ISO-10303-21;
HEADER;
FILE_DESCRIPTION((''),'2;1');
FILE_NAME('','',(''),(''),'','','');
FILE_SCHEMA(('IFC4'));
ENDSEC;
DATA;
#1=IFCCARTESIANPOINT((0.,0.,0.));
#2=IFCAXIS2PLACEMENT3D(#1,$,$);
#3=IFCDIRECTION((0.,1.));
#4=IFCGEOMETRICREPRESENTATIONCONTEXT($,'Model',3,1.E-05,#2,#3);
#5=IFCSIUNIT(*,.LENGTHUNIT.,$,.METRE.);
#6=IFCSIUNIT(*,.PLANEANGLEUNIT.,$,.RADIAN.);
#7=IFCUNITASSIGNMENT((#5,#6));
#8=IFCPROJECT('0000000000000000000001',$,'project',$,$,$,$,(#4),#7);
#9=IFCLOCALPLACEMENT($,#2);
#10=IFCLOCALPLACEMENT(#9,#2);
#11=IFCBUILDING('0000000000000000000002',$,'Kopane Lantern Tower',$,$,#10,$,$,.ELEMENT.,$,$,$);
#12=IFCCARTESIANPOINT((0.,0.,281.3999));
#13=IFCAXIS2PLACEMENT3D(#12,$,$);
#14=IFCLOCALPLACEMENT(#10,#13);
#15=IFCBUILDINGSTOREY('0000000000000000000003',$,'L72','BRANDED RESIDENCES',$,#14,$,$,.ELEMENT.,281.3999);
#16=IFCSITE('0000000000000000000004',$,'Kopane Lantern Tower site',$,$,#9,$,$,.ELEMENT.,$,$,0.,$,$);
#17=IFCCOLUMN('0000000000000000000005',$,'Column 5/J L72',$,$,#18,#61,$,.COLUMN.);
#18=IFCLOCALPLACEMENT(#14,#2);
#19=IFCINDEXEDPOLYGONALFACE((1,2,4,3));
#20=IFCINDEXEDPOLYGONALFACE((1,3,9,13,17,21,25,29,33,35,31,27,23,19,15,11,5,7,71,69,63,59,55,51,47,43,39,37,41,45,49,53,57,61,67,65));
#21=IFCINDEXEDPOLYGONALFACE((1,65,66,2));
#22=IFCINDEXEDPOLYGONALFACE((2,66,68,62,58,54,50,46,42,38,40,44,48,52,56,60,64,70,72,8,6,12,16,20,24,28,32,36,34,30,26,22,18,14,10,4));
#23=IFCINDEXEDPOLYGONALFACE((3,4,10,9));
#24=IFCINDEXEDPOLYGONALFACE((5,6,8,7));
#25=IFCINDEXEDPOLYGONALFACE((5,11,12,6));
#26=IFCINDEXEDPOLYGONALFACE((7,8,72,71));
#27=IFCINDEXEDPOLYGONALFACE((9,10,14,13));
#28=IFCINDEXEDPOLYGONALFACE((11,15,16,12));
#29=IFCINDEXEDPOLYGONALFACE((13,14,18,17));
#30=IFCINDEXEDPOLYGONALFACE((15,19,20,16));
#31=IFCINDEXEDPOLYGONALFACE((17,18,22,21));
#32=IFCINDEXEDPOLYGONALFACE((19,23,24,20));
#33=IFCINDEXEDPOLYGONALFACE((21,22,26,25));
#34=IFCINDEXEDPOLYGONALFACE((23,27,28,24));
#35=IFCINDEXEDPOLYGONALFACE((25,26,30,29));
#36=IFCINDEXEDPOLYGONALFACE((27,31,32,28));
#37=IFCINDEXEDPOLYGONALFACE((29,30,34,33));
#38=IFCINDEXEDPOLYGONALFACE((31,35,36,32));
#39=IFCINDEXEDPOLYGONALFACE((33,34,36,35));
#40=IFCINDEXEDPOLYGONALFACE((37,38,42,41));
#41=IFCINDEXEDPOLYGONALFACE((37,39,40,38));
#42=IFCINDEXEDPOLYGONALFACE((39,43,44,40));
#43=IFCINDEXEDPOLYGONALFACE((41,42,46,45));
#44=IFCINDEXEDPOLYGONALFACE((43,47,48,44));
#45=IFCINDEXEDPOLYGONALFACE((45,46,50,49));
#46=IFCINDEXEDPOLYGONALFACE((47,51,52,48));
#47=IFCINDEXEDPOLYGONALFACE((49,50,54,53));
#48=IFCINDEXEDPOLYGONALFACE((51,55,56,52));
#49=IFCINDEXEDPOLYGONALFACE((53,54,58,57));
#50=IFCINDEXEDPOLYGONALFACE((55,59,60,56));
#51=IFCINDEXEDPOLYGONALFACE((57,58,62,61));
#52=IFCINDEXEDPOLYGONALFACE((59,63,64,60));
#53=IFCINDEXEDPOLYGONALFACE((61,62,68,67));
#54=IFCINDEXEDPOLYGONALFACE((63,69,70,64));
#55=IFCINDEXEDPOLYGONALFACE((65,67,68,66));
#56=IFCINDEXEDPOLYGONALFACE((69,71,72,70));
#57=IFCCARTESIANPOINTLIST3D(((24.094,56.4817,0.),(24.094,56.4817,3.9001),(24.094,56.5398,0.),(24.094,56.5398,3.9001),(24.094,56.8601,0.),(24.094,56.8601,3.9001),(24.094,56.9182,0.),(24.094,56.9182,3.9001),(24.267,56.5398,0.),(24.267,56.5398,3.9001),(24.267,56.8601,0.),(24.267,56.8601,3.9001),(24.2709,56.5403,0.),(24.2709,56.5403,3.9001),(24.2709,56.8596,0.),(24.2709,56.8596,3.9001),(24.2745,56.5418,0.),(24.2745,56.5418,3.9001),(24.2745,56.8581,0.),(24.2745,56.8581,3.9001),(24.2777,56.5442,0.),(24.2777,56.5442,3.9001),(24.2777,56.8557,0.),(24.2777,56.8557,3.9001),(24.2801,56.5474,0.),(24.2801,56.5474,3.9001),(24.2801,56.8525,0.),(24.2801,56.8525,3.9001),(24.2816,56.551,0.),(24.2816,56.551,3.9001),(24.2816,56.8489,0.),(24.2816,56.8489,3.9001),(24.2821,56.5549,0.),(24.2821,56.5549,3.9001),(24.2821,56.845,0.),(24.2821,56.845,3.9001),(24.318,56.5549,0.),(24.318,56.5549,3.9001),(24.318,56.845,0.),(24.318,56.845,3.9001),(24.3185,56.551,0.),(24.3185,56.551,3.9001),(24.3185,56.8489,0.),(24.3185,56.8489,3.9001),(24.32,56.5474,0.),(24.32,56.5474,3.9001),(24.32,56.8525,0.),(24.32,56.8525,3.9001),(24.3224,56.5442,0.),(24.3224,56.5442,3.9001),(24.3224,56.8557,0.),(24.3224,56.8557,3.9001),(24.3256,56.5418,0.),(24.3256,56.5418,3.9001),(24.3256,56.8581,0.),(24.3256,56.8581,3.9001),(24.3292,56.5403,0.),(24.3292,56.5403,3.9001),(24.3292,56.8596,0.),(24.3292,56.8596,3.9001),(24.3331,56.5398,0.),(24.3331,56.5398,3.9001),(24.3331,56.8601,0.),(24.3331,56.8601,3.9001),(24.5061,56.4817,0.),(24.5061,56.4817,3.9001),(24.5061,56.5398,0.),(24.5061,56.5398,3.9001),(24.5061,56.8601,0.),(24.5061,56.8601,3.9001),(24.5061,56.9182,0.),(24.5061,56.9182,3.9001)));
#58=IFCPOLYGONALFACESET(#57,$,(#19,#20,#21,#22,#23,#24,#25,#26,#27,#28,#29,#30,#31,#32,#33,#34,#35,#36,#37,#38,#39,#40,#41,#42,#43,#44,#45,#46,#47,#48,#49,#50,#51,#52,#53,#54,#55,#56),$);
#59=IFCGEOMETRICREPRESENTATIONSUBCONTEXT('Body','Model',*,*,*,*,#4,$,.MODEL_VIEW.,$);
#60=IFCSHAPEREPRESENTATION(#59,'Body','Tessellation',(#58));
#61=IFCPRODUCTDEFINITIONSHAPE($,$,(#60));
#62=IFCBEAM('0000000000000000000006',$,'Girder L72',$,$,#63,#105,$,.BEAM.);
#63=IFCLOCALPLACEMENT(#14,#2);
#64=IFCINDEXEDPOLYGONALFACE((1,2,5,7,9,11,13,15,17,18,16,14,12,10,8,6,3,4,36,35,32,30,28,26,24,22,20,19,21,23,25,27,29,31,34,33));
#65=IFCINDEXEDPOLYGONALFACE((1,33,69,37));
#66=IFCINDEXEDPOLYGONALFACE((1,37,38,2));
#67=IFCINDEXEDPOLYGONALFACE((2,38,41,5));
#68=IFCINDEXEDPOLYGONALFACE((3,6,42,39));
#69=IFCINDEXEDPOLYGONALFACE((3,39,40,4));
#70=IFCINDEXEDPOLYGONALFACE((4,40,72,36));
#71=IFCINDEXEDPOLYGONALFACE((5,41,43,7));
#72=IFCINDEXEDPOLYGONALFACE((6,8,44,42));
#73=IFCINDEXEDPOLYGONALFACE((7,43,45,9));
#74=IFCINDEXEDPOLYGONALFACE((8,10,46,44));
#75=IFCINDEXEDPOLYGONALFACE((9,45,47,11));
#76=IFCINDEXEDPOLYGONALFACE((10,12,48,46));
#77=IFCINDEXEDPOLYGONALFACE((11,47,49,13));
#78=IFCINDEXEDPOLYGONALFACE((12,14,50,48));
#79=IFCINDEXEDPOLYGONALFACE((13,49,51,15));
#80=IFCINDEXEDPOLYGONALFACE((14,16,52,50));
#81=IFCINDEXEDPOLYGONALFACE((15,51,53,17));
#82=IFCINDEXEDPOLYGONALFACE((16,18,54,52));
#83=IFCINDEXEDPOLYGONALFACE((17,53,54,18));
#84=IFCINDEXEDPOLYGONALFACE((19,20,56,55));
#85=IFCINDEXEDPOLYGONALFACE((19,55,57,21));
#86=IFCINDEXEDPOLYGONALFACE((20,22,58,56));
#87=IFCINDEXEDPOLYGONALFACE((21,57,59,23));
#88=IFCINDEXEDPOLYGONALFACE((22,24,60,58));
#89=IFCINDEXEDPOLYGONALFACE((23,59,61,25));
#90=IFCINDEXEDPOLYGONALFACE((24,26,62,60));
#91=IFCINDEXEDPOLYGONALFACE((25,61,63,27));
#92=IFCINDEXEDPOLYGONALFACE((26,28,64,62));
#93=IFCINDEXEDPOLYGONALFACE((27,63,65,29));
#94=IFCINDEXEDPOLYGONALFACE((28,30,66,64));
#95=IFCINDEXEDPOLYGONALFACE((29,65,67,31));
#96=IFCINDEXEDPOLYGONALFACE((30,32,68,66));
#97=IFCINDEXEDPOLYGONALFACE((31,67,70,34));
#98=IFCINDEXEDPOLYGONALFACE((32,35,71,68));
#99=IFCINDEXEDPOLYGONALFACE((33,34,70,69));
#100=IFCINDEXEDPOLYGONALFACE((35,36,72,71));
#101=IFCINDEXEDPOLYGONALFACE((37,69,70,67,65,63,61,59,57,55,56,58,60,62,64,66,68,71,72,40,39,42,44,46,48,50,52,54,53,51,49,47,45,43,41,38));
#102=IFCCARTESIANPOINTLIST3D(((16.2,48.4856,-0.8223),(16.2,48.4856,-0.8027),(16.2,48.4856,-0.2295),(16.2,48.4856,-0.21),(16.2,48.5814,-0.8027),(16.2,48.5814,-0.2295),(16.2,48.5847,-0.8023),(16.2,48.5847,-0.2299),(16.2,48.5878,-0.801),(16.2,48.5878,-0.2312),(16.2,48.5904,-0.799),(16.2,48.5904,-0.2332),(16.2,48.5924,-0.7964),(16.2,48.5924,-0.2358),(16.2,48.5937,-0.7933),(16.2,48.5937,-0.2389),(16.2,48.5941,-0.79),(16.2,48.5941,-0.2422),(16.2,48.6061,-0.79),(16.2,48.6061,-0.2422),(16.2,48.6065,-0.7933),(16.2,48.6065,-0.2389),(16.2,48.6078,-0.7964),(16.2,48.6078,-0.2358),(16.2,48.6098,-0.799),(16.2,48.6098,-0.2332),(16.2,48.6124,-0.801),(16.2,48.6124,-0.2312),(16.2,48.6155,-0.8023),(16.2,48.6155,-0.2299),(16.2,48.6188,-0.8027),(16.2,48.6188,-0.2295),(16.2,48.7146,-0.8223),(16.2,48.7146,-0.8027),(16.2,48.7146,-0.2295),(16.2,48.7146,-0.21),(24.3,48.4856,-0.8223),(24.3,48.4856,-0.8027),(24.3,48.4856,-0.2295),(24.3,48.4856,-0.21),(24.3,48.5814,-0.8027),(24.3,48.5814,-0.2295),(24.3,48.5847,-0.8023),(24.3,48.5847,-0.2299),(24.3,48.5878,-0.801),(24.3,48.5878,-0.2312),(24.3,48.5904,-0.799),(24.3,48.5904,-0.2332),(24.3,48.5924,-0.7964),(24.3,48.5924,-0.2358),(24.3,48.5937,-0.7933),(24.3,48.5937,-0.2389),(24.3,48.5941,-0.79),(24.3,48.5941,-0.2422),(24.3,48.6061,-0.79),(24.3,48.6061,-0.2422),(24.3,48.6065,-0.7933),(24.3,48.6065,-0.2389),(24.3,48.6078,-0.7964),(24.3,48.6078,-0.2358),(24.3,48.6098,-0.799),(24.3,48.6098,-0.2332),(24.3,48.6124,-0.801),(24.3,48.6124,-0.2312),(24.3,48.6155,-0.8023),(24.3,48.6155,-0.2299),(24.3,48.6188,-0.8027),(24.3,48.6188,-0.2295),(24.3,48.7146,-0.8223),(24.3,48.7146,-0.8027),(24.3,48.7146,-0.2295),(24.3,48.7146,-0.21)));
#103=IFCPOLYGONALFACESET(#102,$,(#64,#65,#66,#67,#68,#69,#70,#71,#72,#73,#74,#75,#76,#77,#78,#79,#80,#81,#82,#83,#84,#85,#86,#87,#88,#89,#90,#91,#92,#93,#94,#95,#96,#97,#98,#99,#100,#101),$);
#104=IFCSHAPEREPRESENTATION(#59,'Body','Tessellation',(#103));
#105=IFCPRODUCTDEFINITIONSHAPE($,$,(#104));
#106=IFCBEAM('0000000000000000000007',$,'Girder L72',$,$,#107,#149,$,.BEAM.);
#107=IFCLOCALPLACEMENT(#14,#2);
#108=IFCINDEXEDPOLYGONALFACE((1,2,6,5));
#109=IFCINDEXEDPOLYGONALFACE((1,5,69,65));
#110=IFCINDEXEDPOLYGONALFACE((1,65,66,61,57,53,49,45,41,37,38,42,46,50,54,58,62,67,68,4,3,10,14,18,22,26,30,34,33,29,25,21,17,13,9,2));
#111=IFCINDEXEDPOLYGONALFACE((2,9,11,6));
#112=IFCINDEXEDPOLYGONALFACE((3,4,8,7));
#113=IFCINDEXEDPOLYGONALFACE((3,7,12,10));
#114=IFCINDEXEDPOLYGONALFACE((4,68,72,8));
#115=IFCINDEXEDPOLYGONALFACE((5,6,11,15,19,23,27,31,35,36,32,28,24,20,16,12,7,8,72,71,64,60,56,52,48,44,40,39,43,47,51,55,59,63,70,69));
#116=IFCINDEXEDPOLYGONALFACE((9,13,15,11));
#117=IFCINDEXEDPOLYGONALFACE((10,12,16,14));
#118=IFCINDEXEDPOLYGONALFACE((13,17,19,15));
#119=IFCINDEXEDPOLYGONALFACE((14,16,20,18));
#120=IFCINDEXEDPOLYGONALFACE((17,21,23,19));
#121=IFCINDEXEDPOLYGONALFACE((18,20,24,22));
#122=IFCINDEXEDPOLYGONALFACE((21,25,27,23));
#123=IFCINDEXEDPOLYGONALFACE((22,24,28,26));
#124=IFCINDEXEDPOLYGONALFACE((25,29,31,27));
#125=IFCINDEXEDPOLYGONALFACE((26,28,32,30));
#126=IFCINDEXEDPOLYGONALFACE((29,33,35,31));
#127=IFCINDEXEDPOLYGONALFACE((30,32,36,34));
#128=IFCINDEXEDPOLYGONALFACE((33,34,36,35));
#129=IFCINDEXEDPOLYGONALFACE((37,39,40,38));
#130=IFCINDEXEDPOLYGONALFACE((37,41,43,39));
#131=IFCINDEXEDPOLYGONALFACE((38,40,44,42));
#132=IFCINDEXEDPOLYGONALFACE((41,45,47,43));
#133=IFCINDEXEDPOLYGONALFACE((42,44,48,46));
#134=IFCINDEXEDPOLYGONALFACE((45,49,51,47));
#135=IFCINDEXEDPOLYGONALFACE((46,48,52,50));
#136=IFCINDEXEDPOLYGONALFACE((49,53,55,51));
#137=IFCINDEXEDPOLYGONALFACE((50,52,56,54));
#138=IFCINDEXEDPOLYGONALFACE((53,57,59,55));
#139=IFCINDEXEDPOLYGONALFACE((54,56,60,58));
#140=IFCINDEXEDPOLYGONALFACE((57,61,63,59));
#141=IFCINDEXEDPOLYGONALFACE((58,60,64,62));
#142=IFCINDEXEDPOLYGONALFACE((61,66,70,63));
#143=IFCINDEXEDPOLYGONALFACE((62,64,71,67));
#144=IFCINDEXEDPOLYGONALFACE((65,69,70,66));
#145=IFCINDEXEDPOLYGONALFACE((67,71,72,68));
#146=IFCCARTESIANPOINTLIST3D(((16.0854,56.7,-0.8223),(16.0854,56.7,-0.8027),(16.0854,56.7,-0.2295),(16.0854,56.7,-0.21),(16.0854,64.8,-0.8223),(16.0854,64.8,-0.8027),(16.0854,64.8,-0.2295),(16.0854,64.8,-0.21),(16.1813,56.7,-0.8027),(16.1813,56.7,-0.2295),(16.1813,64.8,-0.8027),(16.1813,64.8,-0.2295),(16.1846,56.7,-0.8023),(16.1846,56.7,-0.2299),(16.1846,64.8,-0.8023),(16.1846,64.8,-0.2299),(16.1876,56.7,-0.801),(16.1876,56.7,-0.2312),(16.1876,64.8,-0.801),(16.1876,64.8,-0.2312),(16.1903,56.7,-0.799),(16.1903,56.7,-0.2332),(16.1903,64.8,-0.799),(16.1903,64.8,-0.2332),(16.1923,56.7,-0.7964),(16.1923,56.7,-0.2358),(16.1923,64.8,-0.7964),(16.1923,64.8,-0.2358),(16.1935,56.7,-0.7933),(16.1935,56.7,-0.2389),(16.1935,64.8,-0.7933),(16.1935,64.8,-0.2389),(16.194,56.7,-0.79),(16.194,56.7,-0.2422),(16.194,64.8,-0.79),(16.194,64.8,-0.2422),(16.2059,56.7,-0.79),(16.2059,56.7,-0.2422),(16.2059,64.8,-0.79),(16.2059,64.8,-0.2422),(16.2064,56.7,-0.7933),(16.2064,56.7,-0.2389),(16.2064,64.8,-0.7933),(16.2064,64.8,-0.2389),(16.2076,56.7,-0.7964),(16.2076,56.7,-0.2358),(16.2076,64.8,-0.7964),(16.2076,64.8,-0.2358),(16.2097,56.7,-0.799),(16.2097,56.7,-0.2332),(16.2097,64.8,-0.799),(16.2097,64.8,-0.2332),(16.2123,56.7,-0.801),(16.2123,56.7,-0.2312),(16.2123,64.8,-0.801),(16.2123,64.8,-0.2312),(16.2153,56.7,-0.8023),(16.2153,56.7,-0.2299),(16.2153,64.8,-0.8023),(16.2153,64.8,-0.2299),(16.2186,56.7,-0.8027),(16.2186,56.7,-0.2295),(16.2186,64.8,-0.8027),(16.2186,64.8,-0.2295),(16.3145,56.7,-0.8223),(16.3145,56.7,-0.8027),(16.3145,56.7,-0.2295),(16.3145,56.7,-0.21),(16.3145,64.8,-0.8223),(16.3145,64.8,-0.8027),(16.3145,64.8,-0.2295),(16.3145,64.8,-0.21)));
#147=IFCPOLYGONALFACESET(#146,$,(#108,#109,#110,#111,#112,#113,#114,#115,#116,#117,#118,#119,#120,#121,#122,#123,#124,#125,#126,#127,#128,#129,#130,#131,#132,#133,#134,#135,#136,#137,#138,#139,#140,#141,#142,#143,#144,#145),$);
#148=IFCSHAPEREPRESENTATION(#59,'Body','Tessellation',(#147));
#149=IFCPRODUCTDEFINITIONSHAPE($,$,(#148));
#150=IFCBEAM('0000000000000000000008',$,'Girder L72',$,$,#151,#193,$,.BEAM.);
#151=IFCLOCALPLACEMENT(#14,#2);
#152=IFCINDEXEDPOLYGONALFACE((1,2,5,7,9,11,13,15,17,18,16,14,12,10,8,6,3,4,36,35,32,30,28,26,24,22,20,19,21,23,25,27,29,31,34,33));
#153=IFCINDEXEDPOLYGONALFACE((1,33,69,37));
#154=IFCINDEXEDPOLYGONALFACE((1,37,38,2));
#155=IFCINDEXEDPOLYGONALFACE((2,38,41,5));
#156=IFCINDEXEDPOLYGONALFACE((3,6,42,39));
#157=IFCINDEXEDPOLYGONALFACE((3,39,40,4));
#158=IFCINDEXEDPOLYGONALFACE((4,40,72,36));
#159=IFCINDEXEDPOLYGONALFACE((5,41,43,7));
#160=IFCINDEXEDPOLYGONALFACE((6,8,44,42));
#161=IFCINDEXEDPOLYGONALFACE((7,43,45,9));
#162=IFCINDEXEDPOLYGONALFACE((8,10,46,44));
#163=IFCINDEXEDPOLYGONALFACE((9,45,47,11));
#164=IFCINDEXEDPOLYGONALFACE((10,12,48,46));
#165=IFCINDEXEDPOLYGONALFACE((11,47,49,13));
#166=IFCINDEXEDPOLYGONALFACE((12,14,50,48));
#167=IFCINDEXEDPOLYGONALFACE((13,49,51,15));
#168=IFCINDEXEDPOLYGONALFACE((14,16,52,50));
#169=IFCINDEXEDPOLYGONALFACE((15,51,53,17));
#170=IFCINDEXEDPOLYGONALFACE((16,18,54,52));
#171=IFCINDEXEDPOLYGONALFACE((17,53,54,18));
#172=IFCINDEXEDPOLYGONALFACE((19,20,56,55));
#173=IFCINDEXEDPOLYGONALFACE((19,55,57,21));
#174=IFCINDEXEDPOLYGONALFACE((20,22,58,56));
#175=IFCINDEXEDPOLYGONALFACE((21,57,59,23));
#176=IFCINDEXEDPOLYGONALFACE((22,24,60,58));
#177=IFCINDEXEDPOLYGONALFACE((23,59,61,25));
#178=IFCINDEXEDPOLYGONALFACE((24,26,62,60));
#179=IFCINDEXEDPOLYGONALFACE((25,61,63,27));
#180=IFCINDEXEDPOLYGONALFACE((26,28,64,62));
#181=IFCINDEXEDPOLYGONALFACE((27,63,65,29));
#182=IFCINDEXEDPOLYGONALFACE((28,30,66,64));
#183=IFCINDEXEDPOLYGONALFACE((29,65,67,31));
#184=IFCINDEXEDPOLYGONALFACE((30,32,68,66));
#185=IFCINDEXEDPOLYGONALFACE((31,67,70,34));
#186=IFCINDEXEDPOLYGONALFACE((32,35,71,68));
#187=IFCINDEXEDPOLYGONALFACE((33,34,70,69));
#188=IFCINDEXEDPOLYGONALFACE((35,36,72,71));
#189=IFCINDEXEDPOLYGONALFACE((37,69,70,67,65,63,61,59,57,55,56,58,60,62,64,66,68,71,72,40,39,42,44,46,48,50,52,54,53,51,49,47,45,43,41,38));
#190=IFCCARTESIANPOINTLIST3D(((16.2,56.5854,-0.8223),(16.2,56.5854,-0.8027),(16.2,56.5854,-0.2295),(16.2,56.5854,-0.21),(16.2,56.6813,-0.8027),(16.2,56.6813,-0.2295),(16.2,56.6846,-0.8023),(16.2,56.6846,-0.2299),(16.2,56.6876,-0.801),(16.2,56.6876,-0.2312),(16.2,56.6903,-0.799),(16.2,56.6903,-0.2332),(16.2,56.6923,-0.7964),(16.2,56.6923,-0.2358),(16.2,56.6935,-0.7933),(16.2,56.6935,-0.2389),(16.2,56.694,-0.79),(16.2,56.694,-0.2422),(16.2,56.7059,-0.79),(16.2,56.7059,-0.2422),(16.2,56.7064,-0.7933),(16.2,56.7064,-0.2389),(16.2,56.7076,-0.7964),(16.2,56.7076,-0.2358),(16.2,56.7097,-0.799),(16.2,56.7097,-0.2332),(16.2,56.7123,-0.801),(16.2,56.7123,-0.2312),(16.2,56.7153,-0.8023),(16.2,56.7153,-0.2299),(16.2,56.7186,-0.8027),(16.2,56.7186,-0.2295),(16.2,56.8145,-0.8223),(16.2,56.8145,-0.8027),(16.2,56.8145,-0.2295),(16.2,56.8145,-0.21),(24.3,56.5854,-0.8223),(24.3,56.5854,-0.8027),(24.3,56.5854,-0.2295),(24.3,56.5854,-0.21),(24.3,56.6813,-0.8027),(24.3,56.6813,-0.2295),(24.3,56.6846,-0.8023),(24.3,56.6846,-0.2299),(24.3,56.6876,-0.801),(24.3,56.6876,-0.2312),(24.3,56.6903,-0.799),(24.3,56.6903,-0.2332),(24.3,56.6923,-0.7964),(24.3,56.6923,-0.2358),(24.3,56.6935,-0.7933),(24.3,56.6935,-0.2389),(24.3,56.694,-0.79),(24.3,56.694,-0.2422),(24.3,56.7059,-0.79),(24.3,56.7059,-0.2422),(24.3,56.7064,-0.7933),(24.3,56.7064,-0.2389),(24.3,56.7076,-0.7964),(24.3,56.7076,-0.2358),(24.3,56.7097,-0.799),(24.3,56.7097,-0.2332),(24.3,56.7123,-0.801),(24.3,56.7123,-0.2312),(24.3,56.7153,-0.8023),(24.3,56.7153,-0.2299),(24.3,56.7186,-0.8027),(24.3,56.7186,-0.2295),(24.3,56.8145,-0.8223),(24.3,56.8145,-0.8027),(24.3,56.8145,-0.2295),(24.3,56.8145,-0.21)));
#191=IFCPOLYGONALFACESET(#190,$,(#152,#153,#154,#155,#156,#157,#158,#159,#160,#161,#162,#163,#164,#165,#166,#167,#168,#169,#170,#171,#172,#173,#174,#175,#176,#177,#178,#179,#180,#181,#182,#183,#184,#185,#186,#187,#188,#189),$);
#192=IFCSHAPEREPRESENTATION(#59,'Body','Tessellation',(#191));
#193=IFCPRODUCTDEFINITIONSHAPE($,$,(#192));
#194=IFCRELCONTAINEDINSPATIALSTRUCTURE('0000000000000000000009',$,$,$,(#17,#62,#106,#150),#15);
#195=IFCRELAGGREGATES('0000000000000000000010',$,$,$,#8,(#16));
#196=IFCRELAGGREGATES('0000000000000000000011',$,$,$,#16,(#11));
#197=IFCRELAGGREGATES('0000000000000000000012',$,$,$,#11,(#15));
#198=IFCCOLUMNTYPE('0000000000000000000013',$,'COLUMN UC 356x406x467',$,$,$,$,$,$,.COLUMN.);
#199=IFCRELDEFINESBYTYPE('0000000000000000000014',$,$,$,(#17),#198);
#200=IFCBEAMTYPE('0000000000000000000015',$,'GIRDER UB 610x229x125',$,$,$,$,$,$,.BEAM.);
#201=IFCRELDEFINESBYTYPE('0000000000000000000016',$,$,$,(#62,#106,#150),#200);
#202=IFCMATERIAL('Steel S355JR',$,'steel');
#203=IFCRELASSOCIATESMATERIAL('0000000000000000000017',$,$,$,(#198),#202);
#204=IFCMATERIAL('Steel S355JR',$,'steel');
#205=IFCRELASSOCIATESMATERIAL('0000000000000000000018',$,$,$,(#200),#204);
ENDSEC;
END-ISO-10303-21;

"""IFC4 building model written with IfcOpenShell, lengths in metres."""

from ifc_helpers import new_model, si_unit, direction, frame, origin, origin_2d, place, context, subcontext, project, spatial, i_section, extrude, material, material_profile, profile_set, type_object, element, save


model = new_model("IFC4")

# Units and contexts
model_context = context("Model", 3, precision=1e-05, world=origin(), true_north=direction((0.0, 1.0)))
body_context = subcontext(model_context, "Body", "Model", "MODEL_VIEW")
ifc_project = project(units=[si_unit("LENGTHUNIT", "METRE"), si_unit("PLANEANGLEUNIT", "RADIAN")], contexts=[model_context])

# Site, building, storey
site_placement = place(None, origin())
site = spatial("IfcSite", under=ifc_project, at=site_placement, Name="Kopane Lantern Tower site", CompositionType="ELEMENT", RefElevation=0.0)
building_placement = place(site_placement, origin())
building = spatial("IfcBuilding", under=site, at=building_placement, Name="Kopane Lantern Tower", CompositionType="ELEMENT")
storey_placement = place(building_placement, frame((0.0, 0.0, 281.3999)))
storey = spatial("IfcBuildingStorey", under=building, at=storey_placement, Name="L72", Description="BRANDED RESIDENCES", CompositionType="ELEMENT", Elevation=281.3999)

# Column
ifc_material_1 = material(Name="Steel S355JR", Category="steel")
ifc_material_profile_1 = material_profile(ifc_material_1, i_section(OverallWidth=0.4121, OverallDepth=0.4365, WebThickness=0.0359, FlangeThickness=0.0581, FilletRadius=0.0151, at=origin_2d()), Name="UC 356x406x467")
ifc_profile_set_1 = profile_set([ifc_material_profile_1], Name="Steel S355JR")
column_type_1 = type_object("IfcColumnType", Name="COLUMN UC 356x406x467", PredefinedType="COLUMN", material=ifc_profile_set_1)
for number, where, z_axis, x_axis, name in (
    (1, (24.3, 56.7, 0.0), (0.0, 0.0, 1.0), (1.0, 0.0, 0.0), "Column 5/J L72"),
):
    element("IfcColumn", number, at=place(storey_placement, frame(where, z_axis=z_axis, x_axis=x_axis)), inside=storey, type_object=column_type_1, Name=name, PredefinedType="COLUMN", context=body_context, shape_type="SweptSolid", body=[
        extrude(i_section(OverallWidth=0.4121, OverallDepth=0.4365, WebThickness=0.0359, FlangeThickness=0.0581, FilletRadius=0.0151, at=origin_2d()), origin(), (0.0, 0.0, 1.0), 3.9001),
    ])

# Beams
ifc_material_2 = material(Name="Steel S355JR", Category="steel")
ifc_material_profile_2 = material_profile(ifc_material_2, i_section(OverallWidth=0.229, OverallDepth=0.6123, WebThickness=0.012, FlangeThickness=0.0195, FilletRadius=0.0127, at=origin_2d()), Name="UB 610x229x125")
ifc_profile_set_2 = profile_set([ifc_material_profile_2], Name="Steel S355JR")
beam_type = type_object("IfcBeamType", Name="GIRDER UB 610x229x125", PredefinedType="BEAM", material=ifc_profile_set_2)
for number, where, z_axis, x_axis, name in (
    (2, (16.2, 48.6001, -0.5161), (1.0, 0.0, 0.0), (0.0, 1.0, 0.0), "Girder L72"),
    (3, (16.2, 56.7, -0.5161), (0.0, 1.0, 0.0), (-1.0, 0.0, 0.0), "Girder L72"),
    (4, (16.2, 56.7, -0.5161), (1.0, 0.0, 0.0), (0.0, 1.0, 0.0), "Girder L72"),
):
    element("IfcBeam", number, at=place(storey_placement, frame(where, z_axis=z_axis, x_axis=x_axis)), inside=storey, type_object=beam_type, Name=name, PredefinedType="BEAM", context=body_context, shape_type="SweptSolid", body=[
        extrude(i_section(OverallWidth=0.229, OverallDepth=0.6123, WebThickness=0.012, FlangeThickness=0.0195, FilletRadius=0.0127, at=origin_2d()), origin(), (0.0, 0.0, 1.0), 8.1001),
    ])

save(model, "model.ifc")
